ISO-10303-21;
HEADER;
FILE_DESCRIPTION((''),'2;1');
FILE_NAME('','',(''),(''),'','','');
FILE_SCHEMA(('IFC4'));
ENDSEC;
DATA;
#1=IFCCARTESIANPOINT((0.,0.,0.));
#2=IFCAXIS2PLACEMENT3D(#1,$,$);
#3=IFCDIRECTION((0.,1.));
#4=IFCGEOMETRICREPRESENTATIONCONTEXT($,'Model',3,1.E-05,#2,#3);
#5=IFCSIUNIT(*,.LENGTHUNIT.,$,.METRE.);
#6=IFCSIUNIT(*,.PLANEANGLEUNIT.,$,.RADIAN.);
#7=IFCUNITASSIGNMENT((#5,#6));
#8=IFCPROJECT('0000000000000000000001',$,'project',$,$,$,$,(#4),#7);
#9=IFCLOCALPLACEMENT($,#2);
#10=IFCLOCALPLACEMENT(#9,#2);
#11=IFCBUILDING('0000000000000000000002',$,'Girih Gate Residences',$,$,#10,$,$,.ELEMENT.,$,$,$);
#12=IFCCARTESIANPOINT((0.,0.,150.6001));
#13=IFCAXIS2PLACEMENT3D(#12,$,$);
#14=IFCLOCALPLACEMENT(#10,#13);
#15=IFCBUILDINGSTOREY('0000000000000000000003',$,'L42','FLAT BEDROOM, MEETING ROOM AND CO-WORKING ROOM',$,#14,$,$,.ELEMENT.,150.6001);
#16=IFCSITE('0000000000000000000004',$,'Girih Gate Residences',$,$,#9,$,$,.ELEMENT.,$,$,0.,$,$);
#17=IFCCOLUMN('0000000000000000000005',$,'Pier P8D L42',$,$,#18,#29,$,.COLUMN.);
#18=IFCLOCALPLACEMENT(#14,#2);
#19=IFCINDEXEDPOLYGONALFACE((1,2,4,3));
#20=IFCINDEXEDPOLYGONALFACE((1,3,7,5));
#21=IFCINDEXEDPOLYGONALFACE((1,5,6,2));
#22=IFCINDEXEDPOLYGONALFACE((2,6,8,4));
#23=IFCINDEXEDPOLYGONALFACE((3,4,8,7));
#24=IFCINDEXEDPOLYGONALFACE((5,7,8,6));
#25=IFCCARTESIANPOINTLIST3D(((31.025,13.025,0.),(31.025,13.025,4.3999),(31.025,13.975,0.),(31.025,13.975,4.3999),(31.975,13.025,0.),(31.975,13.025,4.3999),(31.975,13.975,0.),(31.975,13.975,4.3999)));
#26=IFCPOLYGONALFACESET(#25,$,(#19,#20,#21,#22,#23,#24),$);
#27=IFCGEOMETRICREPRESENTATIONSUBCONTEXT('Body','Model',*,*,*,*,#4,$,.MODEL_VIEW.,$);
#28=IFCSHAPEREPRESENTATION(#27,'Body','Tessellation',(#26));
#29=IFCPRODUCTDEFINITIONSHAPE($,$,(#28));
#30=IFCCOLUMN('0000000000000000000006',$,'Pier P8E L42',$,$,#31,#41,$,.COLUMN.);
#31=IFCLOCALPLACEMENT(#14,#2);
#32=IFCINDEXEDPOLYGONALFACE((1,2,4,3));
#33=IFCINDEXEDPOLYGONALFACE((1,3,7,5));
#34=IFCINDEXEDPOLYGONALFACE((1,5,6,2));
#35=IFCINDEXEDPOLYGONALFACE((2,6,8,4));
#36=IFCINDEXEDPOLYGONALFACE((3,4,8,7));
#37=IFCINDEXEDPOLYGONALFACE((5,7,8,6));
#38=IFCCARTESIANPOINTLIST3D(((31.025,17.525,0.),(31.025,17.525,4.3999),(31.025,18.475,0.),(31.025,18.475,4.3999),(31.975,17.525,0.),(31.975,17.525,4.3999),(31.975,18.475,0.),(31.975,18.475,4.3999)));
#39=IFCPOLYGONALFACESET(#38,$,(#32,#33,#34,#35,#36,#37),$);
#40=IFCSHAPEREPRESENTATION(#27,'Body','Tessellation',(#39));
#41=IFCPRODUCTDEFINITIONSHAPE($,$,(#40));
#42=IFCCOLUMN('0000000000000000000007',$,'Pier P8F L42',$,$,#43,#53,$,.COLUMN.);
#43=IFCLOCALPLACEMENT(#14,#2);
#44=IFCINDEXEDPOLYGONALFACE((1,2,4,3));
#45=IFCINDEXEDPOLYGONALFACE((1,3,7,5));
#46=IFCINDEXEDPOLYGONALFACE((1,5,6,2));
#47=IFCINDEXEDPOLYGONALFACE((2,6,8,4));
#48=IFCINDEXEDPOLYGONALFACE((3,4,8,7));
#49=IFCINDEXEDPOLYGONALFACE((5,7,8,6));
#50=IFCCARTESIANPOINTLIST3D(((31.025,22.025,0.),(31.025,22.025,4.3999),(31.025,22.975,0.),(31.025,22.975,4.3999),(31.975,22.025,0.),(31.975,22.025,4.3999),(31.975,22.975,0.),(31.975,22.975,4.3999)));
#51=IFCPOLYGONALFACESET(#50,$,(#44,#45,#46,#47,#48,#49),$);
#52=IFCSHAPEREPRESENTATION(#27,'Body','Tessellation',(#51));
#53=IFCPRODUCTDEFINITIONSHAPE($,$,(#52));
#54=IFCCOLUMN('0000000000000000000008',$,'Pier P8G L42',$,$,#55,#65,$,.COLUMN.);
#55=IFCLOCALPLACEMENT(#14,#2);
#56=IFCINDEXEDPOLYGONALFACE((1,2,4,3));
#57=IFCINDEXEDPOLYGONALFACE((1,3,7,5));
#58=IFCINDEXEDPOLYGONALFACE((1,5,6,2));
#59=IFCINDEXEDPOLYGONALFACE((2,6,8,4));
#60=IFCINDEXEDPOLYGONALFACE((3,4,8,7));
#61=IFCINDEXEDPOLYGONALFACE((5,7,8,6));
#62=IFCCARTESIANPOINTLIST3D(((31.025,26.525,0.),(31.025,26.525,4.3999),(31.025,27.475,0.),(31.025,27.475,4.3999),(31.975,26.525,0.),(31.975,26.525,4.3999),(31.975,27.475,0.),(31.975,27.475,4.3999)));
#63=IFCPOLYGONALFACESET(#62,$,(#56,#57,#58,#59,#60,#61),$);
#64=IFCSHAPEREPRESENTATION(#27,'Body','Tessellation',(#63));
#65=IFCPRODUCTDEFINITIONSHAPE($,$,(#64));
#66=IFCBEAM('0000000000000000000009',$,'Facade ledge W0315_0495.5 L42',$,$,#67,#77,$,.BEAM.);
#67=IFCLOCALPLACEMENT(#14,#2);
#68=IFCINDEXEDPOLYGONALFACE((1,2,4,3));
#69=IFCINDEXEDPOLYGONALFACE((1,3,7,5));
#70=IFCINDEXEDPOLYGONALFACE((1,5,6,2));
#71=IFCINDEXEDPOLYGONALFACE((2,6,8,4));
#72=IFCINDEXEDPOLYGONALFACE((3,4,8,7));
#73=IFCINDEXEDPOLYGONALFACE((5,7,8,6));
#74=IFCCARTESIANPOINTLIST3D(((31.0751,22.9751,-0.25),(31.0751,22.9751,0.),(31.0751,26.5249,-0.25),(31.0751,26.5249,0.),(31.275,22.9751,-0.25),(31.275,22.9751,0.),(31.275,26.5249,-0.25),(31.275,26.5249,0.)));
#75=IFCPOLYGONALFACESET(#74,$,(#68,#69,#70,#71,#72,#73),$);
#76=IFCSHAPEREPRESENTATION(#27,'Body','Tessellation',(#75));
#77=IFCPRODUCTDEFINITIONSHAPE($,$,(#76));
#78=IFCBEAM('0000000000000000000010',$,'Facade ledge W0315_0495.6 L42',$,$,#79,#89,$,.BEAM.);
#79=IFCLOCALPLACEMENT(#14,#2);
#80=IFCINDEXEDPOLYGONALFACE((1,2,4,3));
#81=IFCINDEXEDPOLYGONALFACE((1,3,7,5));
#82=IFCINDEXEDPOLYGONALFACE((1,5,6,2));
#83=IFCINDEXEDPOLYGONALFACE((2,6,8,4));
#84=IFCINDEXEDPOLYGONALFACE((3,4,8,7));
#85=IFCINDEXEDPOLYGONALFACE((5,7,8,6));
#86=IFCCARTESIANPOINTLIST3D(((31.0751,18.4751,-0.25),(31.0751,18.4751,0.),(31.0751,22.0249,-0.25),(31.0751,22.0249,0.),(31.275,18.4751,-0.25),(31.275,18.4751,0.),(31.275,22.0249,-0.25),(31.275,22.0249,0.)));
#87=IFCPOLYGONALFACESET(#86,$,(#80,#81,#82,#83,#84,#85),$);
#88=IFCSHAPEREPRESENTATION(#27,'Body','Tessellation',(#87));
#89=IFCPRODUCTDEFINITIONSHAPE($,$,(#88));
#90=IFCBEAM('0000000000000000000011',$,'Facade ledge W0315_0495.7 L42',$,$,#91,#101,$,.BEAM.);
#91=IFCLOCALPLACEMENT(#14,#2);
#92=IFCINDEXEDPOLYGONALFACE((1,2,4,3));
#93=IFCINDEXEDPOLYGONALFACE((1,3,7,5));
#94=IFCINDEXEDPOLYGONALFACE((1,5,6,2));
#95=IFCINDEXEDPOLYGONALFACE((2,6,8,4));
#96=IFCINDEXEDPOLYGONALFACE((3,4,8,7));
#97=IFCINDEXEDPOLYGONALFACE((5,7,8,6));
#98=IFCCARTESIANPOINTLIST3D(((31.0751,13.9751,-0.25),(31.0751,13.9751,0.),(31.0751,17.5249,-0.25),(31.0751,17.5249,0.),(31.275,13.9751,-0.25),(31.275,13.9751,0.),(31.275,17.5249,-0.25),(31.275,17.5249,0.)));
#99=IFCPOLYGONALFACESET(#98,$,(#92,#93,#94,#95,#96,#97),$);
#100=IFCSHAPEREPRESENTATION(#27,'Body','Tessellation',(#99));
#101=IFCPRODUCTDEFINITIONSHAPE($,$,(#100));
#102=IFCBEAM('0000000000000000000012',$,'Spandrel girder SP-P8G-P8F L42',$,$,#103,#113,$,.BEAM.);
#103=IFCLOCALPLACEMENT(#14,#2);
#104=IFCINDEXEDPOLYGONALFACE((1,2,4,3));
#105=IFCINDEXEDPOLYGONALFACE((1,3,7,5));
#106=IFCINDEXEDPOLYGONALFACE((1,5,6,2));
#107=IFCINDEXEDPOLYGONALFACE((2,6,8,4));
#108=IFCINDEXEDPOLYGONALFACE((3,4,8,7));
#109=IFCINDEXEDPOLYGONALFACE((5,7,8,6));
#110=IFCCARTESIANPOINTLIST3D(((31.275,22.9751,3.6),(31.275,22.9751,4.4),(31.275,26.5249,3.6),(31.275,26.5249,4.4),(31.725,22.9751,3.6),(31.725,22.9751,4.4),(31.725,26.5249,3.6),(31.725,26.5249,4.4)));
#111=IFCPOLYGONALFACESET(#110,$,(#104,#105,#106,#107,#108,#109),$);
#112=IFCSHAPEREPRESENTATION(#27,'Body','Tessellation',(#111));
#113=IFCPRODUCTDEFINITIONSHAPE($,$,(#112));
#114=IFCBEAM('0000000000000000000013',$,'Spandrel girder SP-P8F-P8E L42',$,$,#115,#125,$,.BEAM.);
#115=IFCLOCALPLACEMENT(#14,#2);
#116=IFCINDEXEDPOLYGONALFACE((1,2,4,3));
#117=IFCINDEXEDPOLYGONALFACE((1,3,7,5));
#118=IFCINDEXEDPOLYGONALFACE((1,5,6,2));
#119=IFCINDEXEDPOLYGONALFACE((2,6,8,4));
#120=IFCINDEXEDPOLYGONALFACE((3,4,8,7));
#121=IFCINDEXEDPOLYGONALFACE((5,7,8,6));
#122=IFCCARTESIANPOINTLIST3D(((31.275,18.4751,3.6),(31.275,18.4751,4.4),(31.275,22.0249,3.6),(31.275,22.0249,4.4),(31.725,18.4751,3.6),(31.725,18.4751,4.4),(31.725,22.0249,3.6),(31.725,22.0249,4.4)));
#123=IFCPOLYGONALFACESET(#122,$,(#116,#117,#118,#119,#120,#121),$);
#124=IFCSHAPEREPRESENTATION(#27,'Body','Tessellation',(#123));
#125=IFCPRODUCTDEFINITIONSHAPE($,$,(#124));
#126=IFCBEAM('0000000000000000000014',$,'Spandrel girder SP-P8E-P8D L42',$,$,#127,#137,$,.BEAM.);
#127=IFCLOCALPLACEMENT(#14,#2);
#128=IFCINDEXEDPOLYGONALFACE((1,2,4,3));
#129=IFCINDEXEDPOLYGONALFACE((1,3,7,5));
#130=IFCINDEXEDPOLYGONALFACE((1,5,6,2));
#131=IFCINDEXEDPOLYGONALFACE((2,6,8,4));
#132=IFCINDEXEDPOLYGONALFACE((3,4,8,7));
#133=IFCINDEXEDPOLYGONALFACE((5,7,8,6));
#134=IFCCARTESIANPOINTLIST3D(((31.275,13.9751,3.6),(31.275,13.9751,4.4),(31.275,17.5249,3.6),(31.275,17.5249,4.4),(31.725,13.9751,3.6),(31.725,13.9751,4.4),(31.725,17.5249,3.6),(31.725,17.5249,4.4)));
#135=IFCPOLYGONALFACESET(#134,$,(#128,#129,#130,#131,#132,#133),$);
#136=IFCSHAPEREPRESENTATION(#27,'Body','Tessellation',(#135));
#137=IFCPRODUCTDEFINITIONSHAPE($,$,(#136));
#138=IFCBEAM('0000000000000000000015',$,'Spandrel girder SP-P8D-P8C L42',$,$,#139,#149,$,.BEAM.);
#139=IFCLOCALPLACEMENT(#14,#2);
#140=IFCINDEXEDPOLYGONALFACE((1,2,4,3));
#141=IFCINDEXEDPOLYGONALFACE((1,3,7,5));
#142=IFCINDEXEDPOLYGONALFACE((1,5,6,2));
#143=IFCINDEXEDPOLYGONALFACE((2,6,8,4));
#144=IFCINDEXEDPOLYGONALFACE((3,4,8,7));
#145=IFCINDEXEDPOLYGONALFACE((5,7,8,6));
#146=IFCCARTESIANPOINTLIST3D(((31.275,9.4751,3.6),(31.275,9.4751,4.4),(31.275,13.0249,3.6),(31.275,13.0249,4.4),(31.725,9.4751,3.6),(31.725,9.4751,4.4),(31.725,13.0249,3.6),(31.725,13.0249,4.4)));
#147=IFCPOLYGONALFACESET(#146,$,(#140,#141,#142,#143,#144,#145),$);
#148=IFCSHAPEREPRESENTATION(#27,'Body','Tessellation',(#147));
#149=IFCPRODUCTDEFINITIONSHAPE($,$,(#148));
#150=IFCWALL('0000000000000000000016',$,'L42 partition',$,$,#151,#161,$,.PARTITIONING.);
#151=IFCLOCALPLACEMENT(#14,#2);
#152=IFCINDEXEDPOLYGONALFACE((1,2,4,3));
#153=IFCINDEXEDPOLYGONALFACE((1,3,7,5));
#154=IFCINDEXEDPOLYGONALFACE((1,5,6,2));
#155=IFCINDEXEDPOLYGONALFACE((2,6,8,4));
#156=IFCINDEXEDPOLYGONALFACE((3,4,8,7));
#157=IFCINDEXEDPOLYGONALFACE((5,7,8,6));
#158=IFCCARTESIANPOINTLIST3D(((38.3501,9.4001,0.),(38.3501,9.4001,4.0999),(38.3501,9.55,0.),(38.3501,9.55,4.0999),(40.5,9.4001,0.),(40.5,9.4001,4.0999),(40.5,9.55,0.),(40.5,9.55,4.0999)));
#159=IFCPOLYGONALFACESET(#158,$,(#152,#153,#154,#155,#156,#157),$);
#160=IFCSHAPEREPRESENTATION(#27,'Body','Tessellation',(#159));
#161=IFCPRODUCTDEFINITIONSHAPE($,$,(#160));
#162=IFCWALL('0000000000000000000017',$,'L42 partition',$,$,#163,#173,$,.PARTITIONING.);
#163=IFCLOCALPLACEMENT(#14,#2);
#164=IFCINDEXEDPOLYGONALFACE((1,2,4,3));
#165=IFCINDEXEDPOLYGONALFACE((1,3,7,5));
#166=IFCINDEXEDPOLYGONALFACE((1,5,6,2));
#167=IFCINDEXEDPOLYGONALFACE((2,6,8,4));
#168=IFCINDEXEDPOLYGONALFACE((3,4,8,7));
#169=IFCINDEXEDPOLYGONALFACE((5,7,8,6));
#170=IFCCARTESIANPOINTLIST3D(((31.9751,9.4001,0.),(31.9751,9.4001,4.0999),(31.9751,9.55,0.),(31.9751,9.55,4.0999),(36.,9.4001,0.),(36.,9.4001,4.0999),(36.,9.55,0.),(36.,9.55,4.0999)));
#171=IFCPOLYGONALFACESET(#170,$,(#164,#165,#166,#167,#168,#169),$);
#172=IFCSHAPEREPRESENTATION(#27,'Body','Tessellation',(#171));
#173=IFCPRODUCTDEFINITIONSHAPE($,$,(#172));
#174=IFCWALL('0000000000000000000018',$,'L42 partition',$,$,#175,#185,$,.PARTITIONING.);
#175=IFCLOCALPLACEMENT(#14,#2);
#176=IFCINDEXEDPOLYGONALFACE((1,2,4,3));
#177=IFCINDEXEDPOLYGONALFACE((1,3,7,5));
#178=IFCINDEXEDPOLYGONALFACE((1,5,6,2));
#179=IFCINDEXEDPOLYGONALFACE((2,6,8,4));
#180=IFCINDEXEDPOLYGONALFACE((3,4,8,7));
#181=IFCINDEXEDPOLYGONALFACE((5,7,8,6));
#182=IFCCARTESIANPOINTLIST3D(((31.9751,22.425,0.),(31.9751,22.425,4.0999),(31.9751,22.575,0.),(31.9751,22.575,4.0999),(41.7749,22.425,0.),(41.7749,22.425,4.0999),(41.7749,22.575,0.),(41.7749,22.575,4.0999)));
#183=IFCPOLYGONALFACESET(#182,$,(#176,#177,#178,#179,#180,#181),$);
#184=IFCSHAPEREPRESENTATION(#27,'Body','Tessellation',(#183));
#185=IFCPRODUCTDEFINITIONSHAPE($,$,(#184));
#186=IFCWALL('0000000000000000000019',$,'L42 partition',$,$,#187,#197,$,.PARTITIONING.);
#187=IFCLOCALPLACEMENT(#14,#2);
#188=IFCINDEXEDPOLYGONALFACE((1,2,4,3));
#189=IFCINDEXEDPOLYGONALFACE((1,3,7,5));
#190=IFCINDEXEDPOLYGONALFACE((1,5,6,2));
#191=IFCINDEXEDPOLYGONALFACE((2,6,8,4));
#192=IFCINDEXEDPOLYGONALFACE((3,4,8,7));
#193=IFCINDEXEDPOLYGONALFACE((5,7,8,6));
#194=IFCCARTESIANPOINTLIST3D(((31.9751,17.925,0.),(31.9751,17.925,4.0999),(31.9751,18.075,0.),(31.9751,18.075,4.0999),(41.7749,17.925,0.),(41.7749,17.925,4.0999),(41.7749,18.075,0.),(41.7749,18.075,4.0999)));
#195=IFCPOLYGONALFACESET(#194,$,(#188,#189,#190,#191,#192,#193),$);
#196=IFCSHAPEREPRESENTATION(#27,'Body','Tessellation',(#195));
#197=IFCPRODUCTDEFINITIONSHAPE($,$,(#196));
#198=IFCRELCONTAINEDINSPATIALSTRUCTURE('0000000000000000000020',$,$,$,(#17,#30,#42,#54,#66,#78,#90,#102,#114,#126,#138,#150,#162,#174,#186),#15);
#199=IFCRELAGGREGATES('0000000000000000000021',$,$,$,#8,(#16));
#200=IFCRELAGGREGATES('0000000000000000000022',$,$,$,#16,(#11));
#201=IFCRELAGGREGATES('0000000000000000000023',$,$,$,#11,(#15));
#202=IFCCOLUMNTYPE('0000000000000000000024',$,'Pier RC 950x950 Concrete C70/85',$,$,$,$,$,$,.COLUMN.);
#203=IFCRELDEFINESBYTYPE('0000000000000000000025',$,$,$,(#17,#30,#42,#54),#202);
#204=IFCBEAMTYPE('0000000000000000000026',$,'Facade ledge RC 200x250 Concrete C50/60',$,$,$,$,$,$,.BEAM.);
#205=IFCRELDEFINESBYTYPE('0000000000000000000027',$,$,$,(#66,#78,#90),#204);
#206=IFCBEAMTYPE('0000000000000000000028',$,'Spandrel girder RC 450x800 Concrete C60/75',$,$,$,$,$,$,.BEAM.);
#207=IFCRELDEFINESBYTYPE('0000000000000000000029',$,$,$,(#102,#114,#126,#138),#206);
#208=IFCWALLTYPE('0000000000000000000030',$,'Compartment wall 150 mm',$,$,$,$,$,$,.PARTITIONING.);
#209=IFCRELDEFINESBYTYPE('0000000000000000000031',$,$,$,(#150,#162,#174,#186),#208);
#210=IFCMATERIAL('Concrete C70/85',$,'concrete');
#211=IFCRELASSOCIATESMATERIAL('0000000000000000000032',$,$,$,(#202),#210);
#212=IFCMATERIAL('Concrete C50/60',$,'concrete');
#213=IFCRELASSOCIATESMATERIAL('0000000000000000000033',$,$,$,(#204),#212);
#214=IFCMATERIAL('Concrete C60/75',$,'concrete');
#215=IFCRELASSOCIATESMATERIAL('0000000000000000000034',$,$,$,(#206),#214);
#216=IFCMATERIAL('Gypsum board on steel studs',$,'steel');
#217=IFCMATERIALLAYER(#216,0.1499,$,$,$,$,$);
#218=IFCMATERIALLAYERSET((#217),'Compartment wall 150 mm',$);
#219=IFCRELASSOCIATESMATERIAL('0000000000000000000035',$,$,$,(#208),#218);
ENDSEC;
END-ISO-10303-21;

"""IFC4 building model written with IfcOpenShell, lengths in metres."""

from ifc_helpers import new_model, si_unit, direction, frame, frame_2d, origin, origin_2d, place, context, subcontext, project, spatial, rectangle, extrude, material, layer, layer_set, material_profile, profile_set, type_object, element, save


model = new_model("IFC4")

# Units and contexts
model_context = context("Model", 3, precision=1e-05, world=origin(), true_north=direction((0.0, 1.0)))
body_context = subcontext(model_context, "Body", "Model", "MODEL_VIEW")
ifc_project = project(units=[si_unit("LENGTHUNIT", "METRE"), si_unit("PLANEANGLEUNIT", "RADIAN")], contexts=[model_context])

# Site, building, storey
site_placement = place(None, origin())
site = spatial("IfcSite", under=ifc_project, at=site_placement, Name="Girih Gate Residences", CompositionType="ELEMENT", RefElevation=0.0)
building_placement = place(site_placement, origin())
building = spatial("IfcBuilding", under=site, at=building_placement, Name="Girih Gate Residences", CompositionType="ELEMENT")
storey_placement = place(building_placement, frame((0.0, 0.0, 150.6001)))
storey = spatial("IfcBuildingStorey", under=building, at=storey_placement, Name="L42", Description="FLAT BEDROOM, MEETING ROOM AND CO-WORKING ROOM", CompositionType="ELEMENT", Elevation=150.6001)

# Columns
ifc_material_1 = material(Name="Concrete C70/85", Category="concrete")
ifc_material_profile_1 = material_profile(ifc_material_1, rectangle(XDim=0.95, YDim=0.95, at=origin_2d()))
ifc_profile_set_1 = profile_set([ifc_material_profile_1], Name="Concrete C70/85")
column_type = type_object("IfcColumnType", Name="Pier RC 950x950 Concrete C70/85", PredefinedType="COLUMN", material=ifc_profile_set_1)
for number, where, z_axis, x_axis, name in (
    (1, (31.5, 13.5, 0.0), (0.0, 0.0, 1.0), (1.0, 0.0, 0.0), "Pier P8D L42"),
    (2, (31.5, 18.0, 0.0), (0.0, 0.0, 1.0), (1.0, 0.0, 0.0), "Pier P8E L42"),
    (3, (31.5, 22.5, 0.0), (0.0, 0.0, 1.0), (1.0, 0.0, 0.0), "Pier P8F L42"),
    (4, (31.5, 27.0, 0.0), (0.0, 0.0, 1.0), (1.0, 0.0, 0.0), "Pier P8G L42"),
):
    element("IfcColumn", number, at=place(storey_placement, frame(where, z_axis=z_axis, x_axis=x_axis)), inside=storey, type_object=column_type, Name=name, PredefinedType="COLUMN", context=body_context, shape_type="SweptSolid", body=[
        extrude(rectangle(XDim=0.95, YDim=0.95, at=origin_2d()), origin(), (0.0, 0.0, 1.0), 4.3999),
    ])

# Beams
ifc_material_2 = material(Name="Concrete C50/60", Category="concrete")
ifc_material_profile_2 = material_profile(ifc_material_2, rectangle(XDim=0.2, YDim=0.25, at=origin_2d()))
ifc_profile_set_2 = profile_set([ifc_material_profile_2], Name="Concrete C50/60")
beam_type_1 = type_object("IfcBeamType", Name="Facade ledge RC 200x250 Concrete C50/60", PredefinedType="BEAM", material=ifc_profile_set_2)
for number, where, z_axis, x_axis, name in (
    (5, (31.175, 26.5249, -0.125), (0.0, -1.0, 0.0), (1.0, 0.0, 0.0), "Facade ledge W0315_0495.5 L42"),
    (6, (31.175, 22.0249, -0.125), (0.0, -1.0, 0.0), (1.0, 0.0, 0.0), "Facade ledge W0315_0495.6 L42"),
    (7, (31.175, 17.5249, -0.125), (0.0, -1.0, 0.0), (1.0, 0.0, 0.0), "Facade ledge W0315_0495.7 L42"),
):
    element("IfcBeam", number, at=place(storey_placement, frame(where, z_axis=z_axis, x_axis=x_axis)), inside=storey, type_object=beam_type_1, Name=name, PredefinedType="BEAM", context=body_context, shape_type="SweptSolid", body=[
        extrude(rectangle(XDim=0.2, YDim=0.25, at=origin_2d()), origin(), (0.0, 0.0, 1.0), 3.5498),
    ])
ifc_material_3 = material(Name="Concrete C60/75", Category="concrete")
ifc_material_profile_3 = material_profile(ifc_material_3, rectangle(XDim=0.45, YDim=0.8, at=origin_2d()))
ifc_profile_set_3 = profile_set([ifc_material_profile_3], Name="Concrete C60/75")
beam_type_2 = type_object("IfcBeamType", Name="Spandrel girder RC 450x800 Concrete C60/75", PredefinedType="BEAM", material=ifc_profile_set_3)
for number, where, z_axis, x_axis, name in (
    (8, (31.5, 26.5249, 4.0), (0.0, -1.0, 0.0), (1.0, 0.0, 0.0), "Spandrel girder SP-P8G-P8F L42"),
    (9, (31.5, 22.0249, 4.0), (0.0, -1.0, 0.0), (1.0, 0.0, 0.0), "Spandrel girder SP-P8F-P8E L42"),
    (10, (31.5, 17.5249, 4.0), (0.0, -1.0, 0.0), (1.0, 0.0, 0.0), "Spandrel girder SP-P8E-P8D L42"),
    (11, (31.5, 13.0249, 4.0), (0.0, -1.0, 0.0), (1.0, 0.0, 0.0), "Spandrel girder SP-P8D-P8C L42"),
):
    element("IfcBeam", number, at=place(storey_placement, frame(where, z_axis=z_axis, x_axis=x_axis)), inside=storey, type_object=beam_type_2, Name=name, PredefinedType="BEAM", context=body_context, shape_type="SweptSolid", body=[
        extrude(rectangle(XDim=0.45, YDim=0.8, at=origin_2d()), origin(), (0.0, 0.0, 1.0), 3.5498),
    ])

# Walls
ifc_material_4 = material(Name="Gypsum board on steel studs", Category="steel")
ifc_layer_1 = layer(ifc_material_4, 0.1499)
ifc_layer_set_1 = layer_set([ifc_layer_1], Name="Compartment wall 150 mm")
wall_type_1 = type_object("IfcWallType", Name="Compartment wall 150 mm", PredefinedType="PARTITIONING", material=ifc_layer_set_1)
wall_1_placement = place(storey_placement, frame((38.3501, 9.4751, 0.0), z_axis=(0.0, 0.0, 1.0), x_axis=(1.0, 0.0, 0.0)))
element("IfcWall", 12, at=wall_1_placement, inside=storey, type_object=wall_type_1, Name="L42 partition", PredefinedType="PARTITIONING", context=body_context, shape_type="SweptSolid", body=[
    extrude(rectangle(XDim=2.1499, YDim=0.1499, at=frame_2d((1.075, 0.0))), origin(), (0.0, 0.0, 1.0), 4.0999),
])
wall_2_placement = place(storey_placement, frame((31.9751, 9.4751, 0.0), z_axis=(0.0, 0.0, 1.0), x_axis=(1.0, 0.0, 0.0)))
element("IfcWall", 13, at=wall_2_placement, inside=storey, type_object=wall_type_1, Name="L42 partition", PredefinedType="PARTITIONING", context=body_context, shape_type="SweptSolid", body=[
    extrude(rectangle(XDim=4.0249, YDim=0.1499, at=frame_2d((2.0125, 0.0))), origin(), (0.0, 0.0, 1.0), 4.0999),
])
for number, where, z_axis, x_axis, name in (
    (14, (31.9751, 22.5, 0.0), (0.0, 0.0, 1.0), (1.0, 0.0, 0.0), "L42 partition"),
    (15, (31.9751, 18.0, 0.0), (0.0, 0.0, 1.0), (1.0, 0.0, 0.0), "L42 partition"),
):
    element("IfcWall", number, at=place(storey_placement, frame(where, z_axis=z_axis, x_axis=x_axis)), inside=storey, type_object=wall_type_1, Name=name, PredefinedType="PARTITIONING", context=body_context, shape_type="SweptSolid", body=[
        extrude(rectangle(XDim=9.7998, YDim=0.1499, at=frame_2d((4.8999, 0.0))), origin(), (0.0, 0.0, 1.0), 4.0999),
    ])

save(model, "model.ifc")
